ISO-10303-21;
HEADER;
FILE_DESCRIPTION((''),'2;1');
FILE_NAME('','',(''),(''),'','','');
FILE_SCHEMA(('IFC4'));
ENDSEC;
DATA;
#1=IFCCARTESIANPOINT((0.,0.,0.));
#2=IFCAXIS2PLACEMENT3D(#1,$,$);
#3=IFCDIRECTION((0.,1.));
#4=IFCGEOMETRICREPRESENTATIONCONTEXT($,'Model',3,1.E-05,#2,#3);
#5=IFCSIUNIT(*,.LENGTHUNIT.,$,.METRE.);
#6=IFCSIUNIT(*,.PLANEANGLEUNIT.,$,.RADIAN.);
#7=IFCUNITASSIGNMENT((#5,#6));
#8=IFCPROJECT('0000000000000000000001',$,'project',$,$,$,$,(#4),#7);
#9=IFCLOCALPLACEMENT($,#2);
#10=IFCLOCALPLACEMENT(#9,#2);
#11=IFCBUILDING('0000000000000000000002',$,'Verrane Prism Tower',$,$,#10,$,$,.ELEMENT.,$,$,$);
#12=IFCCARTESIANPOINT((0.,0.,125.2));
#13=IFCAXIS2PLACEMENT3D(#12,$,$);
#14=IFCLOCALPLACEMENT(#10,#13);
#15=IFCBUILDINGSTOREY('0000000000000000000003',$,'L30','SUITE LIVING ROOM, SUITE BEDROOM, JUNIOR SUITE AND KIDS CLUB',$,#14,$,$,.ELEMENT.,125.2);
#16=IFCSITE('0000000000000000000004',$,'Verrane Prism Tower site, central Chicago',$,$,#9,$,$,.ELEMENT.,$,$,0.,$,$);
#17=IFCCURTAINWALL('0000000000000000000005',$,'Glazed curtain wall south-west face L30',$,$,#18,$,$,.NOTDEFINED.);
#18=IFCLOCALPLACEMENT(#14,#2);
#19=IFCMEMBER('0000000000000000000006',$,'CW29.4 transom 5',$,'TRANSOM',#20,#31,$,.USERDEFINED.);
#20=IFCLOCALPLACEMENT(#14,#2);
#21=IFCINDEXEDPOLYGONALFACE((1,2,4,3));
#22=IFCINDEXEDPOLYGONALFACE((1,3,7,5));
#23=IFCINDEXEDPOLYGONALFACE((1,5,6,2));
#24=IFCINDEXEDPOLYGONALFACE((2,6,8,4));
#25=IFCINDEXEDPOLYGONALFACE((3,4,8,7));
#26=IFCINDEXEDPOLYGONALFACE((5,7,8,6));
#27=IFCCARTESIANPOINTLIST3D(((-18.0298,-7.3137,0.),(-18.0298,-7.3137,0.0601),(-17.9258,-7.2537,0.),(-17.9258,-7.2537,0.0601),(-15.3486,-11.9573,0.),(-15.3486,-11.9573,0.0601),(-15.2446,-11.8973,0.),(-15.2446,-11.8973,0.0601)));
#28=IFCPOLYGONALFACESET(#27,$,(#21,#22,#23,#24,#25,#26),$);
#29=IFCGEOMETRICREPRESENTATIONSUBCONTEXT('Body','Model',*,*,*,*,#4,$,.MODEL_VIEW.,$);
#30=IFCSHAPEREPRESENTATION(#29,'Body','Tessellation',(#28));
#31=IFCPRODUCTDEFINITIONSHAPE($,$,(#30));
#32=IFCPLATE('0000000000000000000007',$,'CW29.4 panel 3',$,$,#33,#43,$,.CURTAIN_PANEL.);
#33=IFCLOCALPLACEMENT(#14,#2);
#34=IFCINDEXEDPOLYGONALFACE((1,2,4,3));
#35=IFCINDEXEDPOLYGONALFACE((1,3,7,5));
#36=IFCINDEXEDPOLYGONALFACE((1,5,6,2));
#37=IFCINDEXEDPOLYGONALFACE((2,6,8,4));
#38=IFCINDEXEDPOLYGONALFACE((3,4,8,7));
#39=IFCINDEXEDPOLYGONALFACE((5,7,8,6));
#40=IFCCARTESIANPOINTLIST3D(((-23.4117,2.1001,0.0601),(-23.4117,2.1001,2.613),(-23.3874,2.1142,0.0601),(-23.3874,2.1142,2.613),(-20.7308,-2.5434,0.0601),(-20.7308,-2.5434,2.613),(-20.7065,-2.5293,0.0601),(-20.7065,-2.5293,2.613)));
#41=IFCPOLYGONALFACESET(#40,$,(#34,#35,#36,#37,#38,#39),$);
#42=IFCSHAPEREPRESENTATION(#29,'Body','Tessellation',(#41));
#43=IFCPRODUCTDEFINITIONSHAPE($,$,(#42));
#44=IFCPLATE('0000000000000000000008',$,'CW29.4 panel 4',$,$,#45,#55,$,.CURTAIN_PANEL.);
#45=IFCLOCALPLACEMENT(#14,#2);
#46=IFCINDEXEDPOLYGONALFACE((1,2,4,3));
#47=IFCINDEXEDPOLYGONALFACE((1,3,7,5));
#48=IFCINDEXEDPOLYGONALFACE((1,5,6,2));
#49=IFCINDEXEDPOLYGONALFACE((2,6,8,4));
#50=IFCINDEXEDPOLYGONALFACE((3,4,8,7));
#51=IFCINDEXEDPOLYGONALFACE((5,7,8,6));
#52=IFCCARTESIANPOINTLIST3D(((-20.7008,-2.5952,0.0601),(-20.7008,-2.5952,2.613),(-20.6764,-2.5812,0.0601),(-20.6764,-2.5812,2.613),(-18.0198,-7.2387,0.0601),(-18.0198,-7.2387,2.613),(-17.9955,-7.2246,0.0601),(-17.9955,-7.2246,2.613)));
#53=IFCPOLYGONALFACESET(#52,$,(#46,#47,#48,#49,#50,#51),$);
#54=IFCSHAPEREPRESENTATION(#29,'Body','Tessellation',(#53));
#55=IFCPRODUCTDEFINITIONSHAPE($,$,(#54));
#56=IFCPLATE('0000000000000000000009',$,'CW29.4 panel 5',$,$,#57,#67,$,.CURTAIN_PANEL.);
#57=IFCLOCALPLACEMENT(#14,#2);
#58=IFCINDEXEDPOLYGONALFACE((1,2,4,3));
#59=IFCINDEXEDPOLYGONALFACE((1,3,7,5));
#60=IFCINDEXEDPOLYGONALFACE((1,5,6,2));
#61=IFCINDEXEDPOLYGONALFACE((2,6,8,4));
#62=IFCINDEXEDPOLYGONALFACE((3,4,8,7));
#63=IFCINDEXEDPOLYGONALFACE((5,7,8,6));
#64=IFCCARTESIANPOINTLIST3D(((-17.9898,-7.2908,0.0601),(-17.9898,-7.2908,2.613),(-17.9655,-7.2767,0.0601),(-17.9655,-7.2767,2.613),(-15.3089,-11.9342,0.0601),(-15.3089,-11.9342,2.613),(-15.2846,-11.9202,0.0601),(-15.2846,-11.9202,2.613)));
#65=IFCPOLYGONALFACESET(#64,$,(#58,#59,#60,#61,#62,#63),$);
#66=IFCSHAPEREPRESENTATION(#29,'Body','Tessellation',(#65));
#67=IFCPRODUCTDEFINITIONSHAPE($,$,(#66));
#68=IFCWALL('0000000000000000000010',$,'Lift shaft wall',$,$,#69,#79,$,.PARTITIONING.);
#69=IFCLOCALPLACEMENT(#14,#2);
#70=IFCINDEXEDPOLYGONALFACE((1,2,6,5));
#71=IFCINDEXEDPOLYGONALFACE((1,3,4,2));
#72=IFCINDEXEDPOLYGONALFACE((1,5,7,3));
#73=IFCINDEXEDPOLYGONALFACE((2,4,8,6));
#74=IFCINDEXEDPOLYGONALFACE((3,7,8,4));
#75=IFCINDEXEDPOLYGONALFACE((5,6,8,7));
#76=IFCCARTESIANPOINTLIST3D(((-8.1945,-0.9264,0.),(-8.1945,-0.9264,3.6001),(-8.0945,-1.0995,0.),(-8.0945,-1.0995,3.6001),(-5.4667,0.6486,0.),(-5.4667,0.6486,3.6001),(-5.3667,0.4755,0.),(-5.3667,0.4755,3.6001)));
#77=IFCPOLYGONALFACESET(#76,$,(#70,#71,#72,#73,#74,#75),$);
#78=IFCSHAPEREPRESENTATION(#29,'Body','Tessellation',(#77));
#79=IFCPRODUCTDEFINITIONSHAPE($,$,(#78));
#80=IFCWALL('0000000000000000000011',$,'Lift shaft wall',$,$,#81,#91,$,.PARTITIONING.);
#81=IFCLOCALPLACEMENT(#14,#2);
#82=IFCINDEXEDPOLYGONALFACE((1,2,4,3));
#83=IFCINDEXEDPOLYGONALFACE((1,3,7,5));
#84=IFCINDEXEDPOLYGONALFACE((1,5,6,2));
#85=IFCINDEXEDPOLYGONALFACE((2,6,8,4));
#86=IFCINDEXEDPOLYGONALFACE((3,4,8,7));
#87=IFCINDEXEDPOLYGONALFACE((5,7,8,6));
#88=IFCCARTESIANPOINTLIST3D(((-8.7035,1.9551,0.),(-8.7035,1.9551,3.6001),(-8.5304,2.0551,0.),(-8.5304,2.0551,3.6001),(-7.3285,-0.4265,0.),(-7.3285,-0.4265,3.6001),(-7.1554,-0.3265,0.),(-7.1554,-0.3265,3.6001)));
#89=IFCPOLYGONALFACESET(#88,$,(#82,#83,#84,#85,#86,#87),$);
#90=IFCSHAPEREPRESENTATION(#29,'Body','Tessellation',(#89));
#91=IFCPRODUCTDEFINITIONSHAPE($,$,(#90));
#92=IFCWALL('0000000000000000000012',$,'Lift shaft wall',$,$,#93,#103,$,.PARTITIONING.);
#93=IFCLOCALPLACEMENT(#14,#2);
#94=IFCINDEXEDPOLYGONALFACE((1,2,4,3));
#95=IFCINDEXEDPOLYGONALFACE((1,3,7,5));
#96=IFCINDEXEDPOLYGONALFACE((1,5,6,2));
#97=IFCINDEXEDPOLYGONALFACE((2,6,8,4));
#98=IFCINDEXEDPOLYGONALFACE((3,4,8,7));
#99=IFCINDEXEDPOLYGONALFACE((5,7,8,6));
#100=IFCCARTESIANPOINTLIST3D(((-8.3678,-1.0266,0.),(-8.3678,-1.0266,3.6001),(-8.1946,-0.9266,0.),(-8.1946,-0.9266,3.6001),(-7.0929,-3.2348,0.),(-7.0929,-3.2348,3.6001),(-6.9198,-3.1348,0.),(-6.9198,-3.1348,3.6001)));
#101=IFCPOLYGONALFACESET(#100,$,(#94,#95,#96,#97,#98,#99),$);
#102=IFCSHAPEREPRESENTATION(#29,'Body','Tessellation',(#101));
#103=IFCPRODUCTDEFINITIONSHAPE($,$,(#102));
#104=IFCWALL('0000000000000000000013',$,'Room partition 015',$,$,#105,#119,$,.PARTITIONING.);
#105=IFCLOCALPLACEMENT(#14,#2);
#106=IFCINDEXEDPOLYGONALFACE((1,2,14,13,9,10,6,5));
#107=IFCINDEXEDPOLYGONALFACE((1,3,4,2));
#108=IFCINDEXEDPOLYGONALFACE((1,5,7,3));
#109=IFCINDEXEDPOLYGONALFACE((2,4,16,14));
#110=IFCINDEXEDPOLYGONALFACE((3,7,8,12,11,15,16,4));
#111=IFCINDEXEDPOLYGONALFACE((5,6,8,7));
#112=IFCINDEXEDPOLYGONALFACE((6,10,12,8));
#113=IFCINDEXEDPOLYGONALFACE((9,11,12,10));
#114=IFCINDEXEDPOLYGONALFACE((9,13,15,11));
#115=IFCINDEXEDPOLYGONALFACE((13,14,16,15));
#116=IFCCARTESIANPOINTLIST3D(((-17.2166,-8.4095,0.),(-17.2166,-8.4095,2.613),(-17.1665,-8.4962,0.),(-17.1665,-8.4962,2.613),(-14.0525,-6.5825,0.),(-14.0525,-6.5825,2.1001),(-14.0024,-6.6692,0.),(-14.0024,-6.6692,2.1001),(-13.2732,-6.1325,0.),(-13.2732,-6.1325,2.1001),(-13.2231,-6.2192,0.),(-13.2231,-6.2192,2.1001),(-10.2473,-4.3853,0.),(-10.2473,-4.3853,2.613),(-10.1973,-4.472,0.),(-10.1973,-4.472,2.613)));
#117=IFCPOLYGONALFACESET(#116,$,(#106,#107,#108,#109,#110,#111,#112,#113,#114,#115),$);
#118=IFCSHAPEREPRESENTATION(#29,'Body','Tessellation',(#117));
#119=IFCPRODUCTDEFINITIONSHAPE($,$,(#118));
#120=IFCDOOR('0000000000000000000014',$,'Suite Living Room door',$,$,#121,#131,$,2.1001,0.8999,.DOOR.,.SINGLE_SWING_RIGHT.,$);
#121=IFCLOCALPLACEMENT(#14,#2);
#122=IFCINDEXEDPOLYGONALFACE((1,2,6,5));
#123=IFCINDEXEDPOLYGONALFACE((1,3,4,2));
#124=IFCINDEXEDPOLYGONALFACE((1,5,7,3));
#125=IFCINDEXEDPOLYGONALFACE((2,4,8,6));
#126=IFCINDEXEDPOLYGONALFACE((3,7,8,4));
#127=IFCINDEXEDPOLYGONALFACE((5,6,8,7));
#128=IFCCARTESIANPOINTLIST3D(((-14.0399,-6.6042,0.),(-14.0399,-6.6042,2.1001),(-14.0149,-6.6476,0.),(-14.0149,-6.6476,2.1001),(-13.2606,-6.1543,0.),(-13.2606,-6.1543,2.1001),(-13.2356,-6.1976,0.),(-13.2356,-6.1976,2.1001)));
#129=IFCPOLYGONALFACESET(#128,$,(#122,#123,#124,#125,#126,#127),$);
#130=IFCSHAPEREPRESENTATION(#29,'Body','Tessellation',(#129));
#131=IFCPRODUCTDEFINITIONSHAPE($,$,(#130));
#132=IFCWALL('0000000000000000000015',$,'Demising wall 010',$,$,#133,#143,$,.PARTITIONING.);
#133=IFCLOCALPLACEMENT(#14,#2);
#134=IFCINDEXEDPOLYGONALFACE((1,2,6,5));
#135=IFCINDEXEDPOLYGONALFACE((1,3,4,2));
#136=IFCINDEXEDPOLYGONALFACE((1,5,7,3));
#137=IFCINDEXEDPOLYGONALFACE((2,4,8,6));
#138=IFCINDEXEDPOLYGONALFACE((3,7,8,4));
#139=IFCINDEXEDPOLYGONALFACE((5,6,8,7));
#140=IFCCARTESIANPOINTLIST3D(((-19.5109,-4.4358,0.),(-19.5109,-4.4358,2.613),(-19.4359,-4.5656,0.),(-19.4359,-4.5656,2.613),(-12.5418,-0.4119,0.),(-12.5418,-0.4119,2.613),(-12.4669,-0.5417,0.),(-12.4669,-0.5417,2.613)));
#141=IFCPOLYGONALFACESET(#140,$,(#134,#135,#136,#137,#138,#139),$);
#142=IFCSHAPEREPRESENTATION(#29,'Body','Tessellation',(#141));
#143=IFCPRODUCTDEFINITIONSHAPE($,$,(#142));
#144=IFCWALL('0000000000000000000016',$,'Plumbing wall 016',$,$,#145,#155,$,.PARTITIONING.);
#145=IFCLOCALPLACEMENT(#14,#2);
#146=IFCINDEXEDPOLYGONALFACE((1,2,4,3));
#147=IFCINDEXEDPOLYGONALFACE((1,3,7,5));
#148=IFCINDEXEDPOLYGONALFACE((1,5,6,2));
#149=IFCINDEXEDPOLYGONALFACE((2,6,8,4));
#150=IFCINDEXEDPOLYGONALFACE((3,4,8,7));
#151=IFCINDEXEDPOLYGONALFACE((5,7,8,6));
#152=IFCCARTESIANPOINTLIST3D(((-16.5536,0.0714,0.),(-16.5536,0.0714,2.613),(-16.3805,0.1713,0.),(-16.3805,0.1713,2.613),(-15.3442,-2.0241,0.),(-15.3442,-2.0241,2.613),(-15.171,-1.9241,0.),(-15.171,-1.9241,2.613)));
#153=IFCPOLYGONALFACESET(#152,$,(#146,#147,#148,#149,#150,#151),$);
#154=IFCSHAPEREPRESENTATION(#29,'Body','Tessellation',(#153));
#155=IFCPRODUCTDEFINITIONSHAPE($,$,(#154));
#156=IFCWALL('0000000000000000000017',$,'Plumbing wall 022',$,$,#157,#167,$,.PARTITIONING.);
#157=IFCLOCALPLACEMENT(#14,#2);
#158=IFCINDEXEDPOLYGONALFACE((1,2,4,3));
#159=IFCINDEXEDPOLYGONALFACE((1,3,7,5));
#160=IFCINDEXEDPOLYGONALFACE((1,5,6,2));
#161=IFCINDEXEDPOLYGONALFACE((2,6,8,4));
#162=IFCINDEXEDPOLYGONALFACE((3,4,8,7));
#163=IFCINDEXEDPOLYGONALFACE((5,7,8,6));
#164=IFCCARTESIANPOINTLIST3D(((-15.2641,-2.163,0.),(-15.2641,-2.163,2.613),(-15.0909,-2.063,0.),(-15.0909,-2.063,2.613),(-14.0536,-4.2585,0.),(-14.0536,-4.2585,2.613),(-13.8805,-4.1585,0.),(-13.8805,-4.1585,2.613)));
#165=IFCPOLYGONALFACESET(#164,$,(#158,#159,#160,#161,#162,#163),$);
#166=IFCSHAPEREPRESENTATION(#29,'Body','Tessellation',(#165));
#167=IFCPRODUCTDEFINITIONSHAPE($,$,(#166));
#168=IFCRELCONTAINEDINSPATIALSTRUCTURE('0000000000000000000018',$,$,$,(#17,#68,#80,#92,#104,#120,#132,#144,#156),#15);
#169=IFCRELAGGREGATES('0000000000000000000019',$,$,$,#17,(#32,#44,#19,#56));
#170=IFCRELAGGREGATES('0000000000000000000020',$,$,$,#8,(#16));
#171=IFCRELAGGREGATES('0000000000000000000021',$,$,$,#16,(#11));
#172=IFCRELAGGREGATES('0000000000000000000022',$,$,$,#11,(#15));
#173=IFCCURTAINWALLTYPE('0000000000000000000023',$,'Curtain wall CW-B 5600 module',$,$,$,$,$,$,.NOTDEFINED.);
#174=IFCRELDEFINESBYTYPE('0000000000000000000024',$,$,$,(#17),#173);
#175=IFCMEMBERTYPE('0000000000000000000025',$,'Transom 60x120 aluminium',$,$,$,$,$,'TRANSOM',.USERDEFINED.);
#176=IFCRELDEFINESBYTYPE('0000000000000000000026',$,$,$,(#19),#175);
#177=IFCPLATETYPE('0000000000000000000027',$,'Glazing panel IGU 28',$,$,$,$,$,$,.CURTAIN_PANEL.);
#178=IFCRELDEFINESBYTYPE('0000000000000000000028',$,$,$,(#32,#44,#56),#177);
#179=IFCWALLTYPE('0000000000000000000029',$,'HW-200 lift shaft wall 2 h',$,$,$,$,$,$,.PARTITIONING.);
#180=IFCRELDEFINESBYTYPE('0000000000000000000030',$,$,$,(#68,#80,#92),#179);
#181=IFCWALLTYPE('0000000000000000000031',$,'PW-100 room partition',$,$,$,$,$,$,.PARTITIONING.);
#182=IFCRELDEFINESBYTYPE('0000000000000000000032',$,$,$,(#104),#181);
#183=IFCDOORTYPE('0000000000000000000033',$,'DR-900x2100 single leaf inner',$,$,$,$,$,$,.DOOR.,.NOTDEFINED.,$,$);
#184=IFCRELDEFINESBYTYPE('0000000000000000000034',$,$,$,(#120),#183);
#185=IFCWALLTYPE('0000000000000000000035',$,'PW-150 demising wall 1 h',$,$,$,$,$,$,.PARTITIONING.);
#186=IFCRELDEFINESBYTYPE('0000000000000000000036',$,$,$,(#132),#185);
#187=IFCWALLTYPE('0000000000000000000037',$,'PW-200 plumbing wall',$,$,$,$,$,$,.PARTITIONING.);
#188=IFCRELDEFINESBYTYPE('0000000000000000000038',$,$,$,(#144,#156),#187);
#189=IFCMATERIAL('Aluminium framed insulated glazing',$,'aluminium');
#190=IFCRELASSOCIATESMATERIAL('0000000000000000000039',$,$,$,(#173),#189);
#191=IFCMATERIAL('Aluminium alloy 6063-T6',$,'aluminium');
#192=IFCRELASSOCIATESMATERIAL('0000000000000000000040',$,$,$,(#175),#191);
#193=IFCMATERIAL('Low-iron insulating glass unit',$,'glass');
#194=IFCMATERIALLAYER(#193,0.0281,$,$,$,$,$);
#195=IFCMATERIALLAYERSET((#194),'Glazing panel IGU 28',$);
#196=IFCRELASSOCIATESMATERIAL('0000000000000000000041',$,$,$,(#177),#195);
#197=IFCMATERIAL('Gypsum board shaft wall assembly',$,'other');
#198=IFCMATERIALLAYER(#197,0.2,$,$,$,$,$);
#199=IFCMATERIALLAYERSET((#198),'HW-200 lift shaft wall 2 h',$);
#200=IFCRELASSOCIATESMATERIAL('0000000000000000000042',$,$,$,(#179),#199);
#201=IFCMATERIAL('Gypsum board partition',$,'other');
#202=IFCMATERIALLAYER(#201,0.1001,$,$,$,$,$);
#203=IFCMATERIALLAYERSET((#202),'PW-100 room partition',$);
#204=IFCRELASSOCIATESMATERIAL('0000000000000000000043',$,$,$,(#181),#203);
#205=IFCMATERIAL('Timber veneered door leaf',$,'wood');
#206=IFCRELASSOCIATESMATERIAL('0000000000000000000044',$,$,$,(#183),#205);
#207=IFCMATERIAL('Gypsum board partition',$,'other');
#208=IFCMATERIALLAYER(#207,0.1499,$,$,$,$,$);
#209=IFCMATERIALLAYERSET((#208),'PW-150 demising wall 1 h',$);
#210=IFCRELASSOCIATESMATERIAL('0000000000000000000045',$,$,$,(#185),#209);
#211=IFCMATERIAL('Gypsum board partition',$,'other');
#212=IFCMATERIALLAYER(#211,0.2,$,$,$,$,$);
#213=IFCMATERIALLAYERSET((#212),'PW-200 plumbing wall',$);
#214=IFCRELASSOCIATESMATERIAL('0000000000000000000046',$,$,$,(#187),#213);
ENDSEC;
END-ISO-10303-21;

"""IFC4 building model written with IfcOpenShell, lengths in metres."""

from ifc_helpers import new_model, si_unit, direction, frame, frame_2d, origin, origin_2d, place, context, subcontext, project, spatial, rectangle, extrude, material, layer, layer_set, material_profile, profile_set, type_object, element, fill, aggregate, save


model = new_model("IFC4")

# Units and contexts
model_context = context("Model", 3, precision=1e-05, world=origin(), true_north=direction((0.0, 1.0)))
body_context = subcontext(model_context, "Body", "Model", "MODEL_VIEW")
ifc_project = project(units=[si_unit("LENGTHUNIT", "METRE"), si_unit("PLANEANGLEUNIT", "RADIAN")], contexts=[model_context])

# Site, building, storey
site_placement = place(None, origin())
site = spatial("IfcSite", under=ifc_project, at=site_placement, Name="Verrane Prism Tower site, central Chicago", CompositionType="ELEMENT", RefElevation=0.0)
building_placement = place(site_placement, origin())
building = spatial("IfcBuilding", under=site, at=building_placement, Name="Verrane Prism Tower", CompositionType="ELEMENT")
storey_placement = place(building_placement, frame((0.0, 0.0, 125.2)))
storey = spatial("IfcBuildingStorey", under=building, at=storey_placement, Name="L30", Description="SUITE LIVING ROOM, SUITE BEDROOM, JUNIOR SUITE AND KIDS CLUB", CompositionType="ELEMENT", Elevation=125.2)

# Curtain wall
ifc_material_1 = material(Name="Aluminium framed insulated glazing", Category="aluminium")
curtain_wall_type = type_object("IfcCurtainWallType", Name="Curtain wall CW-B 5600 module", PredefinedType="NOTDEFINED", material=ifc_material_1)
curtain_wall_placement = place(storey_placement, origin())
curtain_wall = element("IfcCurtainWall", 1, at=curtain_wall_placement, inside=storey, type_object=curtain_wall_type, Name="Glazed curtain wall south-west face L30", PredefinedType="NOTDEFINED")

# Member
ifc_material_2 = material(Name="Aluminium alloy 6063-T6", Category="aluminium")
ifc_material_profile_1 = material_profile(ifc_material_2, rectangle(XDim=0.1201, YDim=0.0601, at=origin_2d()), Name="Transom 60x120 aluminium")
ifc_profile_set_1 = profile_set([ifc_material_profile_1], Name="Aluminium alloy 6063-T6")
member_type_1 = type_object("IfcMemberType", Name="Transom 60x120 aluminium", ElementType="TRANSOM", PredefinedType="USERDEFINED", material=ifc_profile_set_1)
member_1_placement = place(storey_placement, frame((-17.9778, -7.2837, 0.03), z_axis=(0.500027, -0.86601, 0.0), x_axis=(0.86601, 0.500027, 0.0)))
member_1 = element("IfcMember", 2, at=member_1_placement, type_object=member_type_1, Name="CW29.4 transom 5", ObjectType="TRANSOM", PredefinedType="USERDEFINED", context=body_context, shape_type="SweptSolid", body=[
    extrude(rectangle(XDim=0.1201, YDim=0.0601, at=origin_2d()), origin(), (0.0, 0.0, 1.0), 5.3621),
])

# Plates
ifc_material_3 = material(Name="Low-iron insulating glass unit", Category="glass")
ifc_layer_1 = layer(ifc_material_3, 0.0281)
ifc_layer_set_1 = layer_set([ifc_layer_1], Name="Glazing panel IGU 28")
plate_type = type_object("IfcPlateType", Name="Glazing panel IGU 28", PredefinedType="CURTAIN_PANEL", material=ifc_layer_set_1)
plate_1_placement = place(storey_placement, frame((-22.0591, -0.2146, 0.0601), z_axis=(0.0, 0.0, 1.0), x_axis=(0.5, -0.866025, 0.0)))
plate_1 = element("IfcPlate", 3, at=plate_1_placement, type_object=plate_type, Name="CW29.4 panel 3", PredefinedType="CURTAIN_PANEL", context=body_context, shape_type="SweptSolid", body=[
    extrude(rectangle(XDim=5.3618, YDim=0.0281, at=origin_2d()), origin(), (0.0, 0.0, 1.0), 2.553),
])
plate_2_placement = place(storey_placement, frame((-19.3481, -4.9099, 0.0601), z_axis=(0.0, 0.0, 1.0), x_axis=(0.5, -0.866025, 0.0)))
plate_2 = element("IfcPlate", 4, at=plate_2_placement, type_object=plate_type, Name="CW29.4 panel 4", PredefinedType="CURTAIN_PANEL", context=body_context, shape_type="SweptSolid", body=[
    extrude(rectangle(XDim=5.3618, YDim=0.0281, at=origin_2d()), origin(), (0.0, 0.0, 1.0), 2.553),
])
plate_3_placement = place(storey_placement, frame((-16.6372, -9.6055, 0.0601), z_axis=(0.0, 0.0, 1.0), x_axis=(0.5, -0.866025, 0.0)))
plate_3 = element("IfcPlate", 5, at=plate_3_placement, type_object=plate_type, Name="CW29.4 panel 5", PredefinedType="CURTAIN_PANEL", context=body_context, shape_type="SweptSolid", body=[
    extrude(rectangle(XDim=5.3618, YDim=0.0281, at=origin_2d()), origin(), (0.0, 0.0, 1.0), 2.553),
])
aggregate(curtain_wall, [plate_1, plate_2, member_1, plate_3])

# Walls
ifc_material_4 = material(Name="Gypsum board shaft wall assembly", Category="other")
ifc_layer_2 = layer(ifc_material_4, 0.2)
ifc_layer_set_2 = layer_set([ifc_layer_2], Name="HW-200 lift shaft wall 2 h")
wall_type_1 = type_object("IfcWallType", Name="HW-200 lift shaft wall 2 h", PredefinedType="PARTITIONING", material=ifc_layer_set_2)
wall_1_placement = place(storey_placement, frame((-8.1445, -1.0129, 0.0), z_axis=(0.0, 0.0, 1.0), x_axis=(0.866016, 0.500015, 0.0)))
element("IfcWall", 6, at=wall_1_placement, inside=storey, type_object=wall_type_1, Name="Lift shaft wall", PredefinedType="PARTITIONING", context=body_context, shape_type="SweptSolid", body=[
    extrude(rectangle(XDim=3.1499, YDim=0.2, at=frame_2d((1.575, 0.0))), origin(), (0.0, 0.0, 1.0), 3.6001),
])
wall_2_placement = place(storey_placement, frame((-7.2419, -0.3765, 0.0), z_axis=(0.0, 0.0, 1.0), x_axis=(-0.499997, 0.866027, 0.0)))
element("IfcWall", 7, at=wall_2_placement, inside=storey, type_object=wall_type_1, Name="Lift shaft wall", PredefinedType="PARTITIONING", context=body_context, shape_type="SweptSolid", body=[
    extrude(rectangle(XDim=2.75, YDim=0.2, at=frame_2d((1.375, 0.0))), origin(), (0.0, 0.0, 1.0), 3.6001),
])
wall_3_placement = place(storey_placement, frame((-7.0063, -3.1848, 0.0), z_axis=(0.0, 0.0, 1.0), x_axis=(-0.49999, 0.866031, 0.0)))
element("IfcWall", 8, at=wall_3_placement, inside=storey, type_object=wall_type_1, Name="Lift shaft wall", PredefinedType="PARTITIONING", context=body_context, shape_type="SweptSolid", body=[
    extrude(rectangle(XDim=2.5498, YDim=0.2, at=frame_2d((1.2749, 0.0))), origin(), (0.0, 0.0, 1.0), 3.6001),
])

# Wall, opening, door
ifc_material_5 = material(Name="Gypsum board partition", Category="other")
ifc_layer_3 = layer(ifc_material_5, 0.1001)
ifc_layer_set_3 = layer_set([ifc_layer_3], Name="PW-100 room partition")
wall_type_2 = type_object("IfcWallType", Name="PW-100 room partition", PredefinedType="PARTITIONING", material=ifc_layer_set_3)
wall_4_placement = place(storey_placement, frame((-17.1917, -8.4529, 0.0), z_axis=(0.0, 0.0, 1.0), x_axis=(0.866, 0.500045, 0.0)))
wall_4 = element("IfcWall", 9, at=wall_4_placement, inside=storey, type_object=wall_type_2, Name="Room partition 015", PredefinedType="PARTITIONING", context=body_context, shape_type="SweptSolid", body=[
    extrude(rectangle(XDim=8.0476, YDim=0.1001, at=frame_2d((4.0239, 0.0))), origin(), (0.0, 0.0, 1.0), 2.613),
])
opening_1_placement = place(wall_4_placement, frame((3.6538, 0.0, 0.0)))
opening_1 = element("IfcOpeningElement", 10, at=opening_1_placement, cuts=wall_4, PredefinedType="OPENING", context=body_context, shape_type="SweptSolid", body=[
    extrude(rectangle(XDim=0.8999, YDim=2.1001, at=frame_2d((0.45, 1.05))), frame((0.0, 0.0601, 0.0), z_axis=(0.0, -1.0, 0.0), x_axis=(1.0, 0.0, 0.0)), (0.0, 0.0, 1.0), 0.1201),
])
ifc_material_6 = material(Name="Timber veneered door leaf", Category="wood")
door_type_1 = type_object("IfcDoorType", Name="DR-900x2100 single leaf inner", OperationType="NOTDEFINED", PredefinedType="DOOR", material=ifc_material_6)
door_1_placement = place(opening_1_placement, origin())
door_1 = element("IfcDoor", 11, at=door_1_placement, inside=storey, type_object=door_type_1, Name="Suite Living Room door", OperationType="SINGLE_SWING_RIGHT", OverallHeight=2.1001, OverallWidth=0.8999, PredefinedType="DOOR", context=body_context, shape_type="SweptSolid", body=[
    extrude(rectangle(XDim=0.8999, YDim=2.1001, at=frame_2d((0.45, 1.05))), frame((0.0, 0.0249, 0.0), z_axis=(0.0, -1.0, 0.0), x_axis=(1.0, 0.0, 0.0)), (0.0, 0.0, 1.0), 0.05),
])
fill(opening_1, door_1)

# Walls
ifc_material_7 = material(Name="Gypsum board partition", Category="other")
ifc_layer_4 = layer(ifc_material_7, 0.1499)
ifc_layer_set_4 = layer_set([ifc_layer_4], Name="PW-150 demising wall 1 h")
wall_type_3 = type_object("IfcWallType", Name="PW-150 demising wall 1 h", PredefinedType="PARTITIONING", material=ifc_layer_set_4)
wall_5_placement = place(storey_placement, frame((-19.4734, -4.5007, 0.0), z_axis=(0.0, 0.0, 1.0), x_axis=(0.866005, 0.500035, 0.0)))
element("IfcWall", 12, at=wall_5_placement, inside=storey, type_object=wall_type_3, Name="Demising wall 010", PredefinedType="PARTITIONING", context=body_context, shape_type="SweptSolid", body=[
    extrude(rectangle(XDim=8.0474, YDim=0.1499, at=frame_2d((4.0237, 0.0))), origin(), (0.0, 0.0, 1.0), 2.613),
])
ifc_material_8 = material(Name="Gypsum board partition", Category="other")
ifc_layer_5 = layer(ifc_material_8, 0.2)
ifc_layer_set_5 = layer_set([ifc_layer_5], Name="PW-200 plumbing wall")
wall_type_4 = type_object("IfcWallType", Name="PW-200 plumbing wall", PredefinedType="PARTITIONING", material=ifc_layer_set_5)
wall_6_placement = place(storey_placement, frame((-16.467, 0.1213, 0.0), z_axis=(0.0, 0.0, 1.0), x_axis=(0.499894, -0.866086, 0.0)))
element("IfcWall", 13, at=wall_6_placement, inside=storey, type_object=wall_type_4, Name="Plumbing wall 016", PredefinedType="PARTITIONING", context=body_context, shape_type="SweptSolid", body=[
    extrude(rectangle(XDim=2.4194, YDim=0.2, at=frame_2d((1.2097, 0.0))), origin(), (0.0, 0.0, 1.0), 2.613),
])
wall_7_placement = place(storey_placement, frame((-15.1775, -2.113, 0.0), z_axis=(0.0, 0.0, 1.0), x_axis=(0.500197, -0.865912, 0.0)))
element("IfcWall", 14, at=wall_7_placement, inside=storey, type_object=wall_type_4, Name="Plumbing wall 022", PredefinedType="PARTITIONING", context=body_context, shape_type="SweptSolid", body=[
    extrude(rectangle(XDim=2.4199, YDim=0.2, at=frame_2d((1.21, 0.0))), origin(), (0.0, 0.0, 1.0), 2.613),
])

save(model, "model.ifc")
